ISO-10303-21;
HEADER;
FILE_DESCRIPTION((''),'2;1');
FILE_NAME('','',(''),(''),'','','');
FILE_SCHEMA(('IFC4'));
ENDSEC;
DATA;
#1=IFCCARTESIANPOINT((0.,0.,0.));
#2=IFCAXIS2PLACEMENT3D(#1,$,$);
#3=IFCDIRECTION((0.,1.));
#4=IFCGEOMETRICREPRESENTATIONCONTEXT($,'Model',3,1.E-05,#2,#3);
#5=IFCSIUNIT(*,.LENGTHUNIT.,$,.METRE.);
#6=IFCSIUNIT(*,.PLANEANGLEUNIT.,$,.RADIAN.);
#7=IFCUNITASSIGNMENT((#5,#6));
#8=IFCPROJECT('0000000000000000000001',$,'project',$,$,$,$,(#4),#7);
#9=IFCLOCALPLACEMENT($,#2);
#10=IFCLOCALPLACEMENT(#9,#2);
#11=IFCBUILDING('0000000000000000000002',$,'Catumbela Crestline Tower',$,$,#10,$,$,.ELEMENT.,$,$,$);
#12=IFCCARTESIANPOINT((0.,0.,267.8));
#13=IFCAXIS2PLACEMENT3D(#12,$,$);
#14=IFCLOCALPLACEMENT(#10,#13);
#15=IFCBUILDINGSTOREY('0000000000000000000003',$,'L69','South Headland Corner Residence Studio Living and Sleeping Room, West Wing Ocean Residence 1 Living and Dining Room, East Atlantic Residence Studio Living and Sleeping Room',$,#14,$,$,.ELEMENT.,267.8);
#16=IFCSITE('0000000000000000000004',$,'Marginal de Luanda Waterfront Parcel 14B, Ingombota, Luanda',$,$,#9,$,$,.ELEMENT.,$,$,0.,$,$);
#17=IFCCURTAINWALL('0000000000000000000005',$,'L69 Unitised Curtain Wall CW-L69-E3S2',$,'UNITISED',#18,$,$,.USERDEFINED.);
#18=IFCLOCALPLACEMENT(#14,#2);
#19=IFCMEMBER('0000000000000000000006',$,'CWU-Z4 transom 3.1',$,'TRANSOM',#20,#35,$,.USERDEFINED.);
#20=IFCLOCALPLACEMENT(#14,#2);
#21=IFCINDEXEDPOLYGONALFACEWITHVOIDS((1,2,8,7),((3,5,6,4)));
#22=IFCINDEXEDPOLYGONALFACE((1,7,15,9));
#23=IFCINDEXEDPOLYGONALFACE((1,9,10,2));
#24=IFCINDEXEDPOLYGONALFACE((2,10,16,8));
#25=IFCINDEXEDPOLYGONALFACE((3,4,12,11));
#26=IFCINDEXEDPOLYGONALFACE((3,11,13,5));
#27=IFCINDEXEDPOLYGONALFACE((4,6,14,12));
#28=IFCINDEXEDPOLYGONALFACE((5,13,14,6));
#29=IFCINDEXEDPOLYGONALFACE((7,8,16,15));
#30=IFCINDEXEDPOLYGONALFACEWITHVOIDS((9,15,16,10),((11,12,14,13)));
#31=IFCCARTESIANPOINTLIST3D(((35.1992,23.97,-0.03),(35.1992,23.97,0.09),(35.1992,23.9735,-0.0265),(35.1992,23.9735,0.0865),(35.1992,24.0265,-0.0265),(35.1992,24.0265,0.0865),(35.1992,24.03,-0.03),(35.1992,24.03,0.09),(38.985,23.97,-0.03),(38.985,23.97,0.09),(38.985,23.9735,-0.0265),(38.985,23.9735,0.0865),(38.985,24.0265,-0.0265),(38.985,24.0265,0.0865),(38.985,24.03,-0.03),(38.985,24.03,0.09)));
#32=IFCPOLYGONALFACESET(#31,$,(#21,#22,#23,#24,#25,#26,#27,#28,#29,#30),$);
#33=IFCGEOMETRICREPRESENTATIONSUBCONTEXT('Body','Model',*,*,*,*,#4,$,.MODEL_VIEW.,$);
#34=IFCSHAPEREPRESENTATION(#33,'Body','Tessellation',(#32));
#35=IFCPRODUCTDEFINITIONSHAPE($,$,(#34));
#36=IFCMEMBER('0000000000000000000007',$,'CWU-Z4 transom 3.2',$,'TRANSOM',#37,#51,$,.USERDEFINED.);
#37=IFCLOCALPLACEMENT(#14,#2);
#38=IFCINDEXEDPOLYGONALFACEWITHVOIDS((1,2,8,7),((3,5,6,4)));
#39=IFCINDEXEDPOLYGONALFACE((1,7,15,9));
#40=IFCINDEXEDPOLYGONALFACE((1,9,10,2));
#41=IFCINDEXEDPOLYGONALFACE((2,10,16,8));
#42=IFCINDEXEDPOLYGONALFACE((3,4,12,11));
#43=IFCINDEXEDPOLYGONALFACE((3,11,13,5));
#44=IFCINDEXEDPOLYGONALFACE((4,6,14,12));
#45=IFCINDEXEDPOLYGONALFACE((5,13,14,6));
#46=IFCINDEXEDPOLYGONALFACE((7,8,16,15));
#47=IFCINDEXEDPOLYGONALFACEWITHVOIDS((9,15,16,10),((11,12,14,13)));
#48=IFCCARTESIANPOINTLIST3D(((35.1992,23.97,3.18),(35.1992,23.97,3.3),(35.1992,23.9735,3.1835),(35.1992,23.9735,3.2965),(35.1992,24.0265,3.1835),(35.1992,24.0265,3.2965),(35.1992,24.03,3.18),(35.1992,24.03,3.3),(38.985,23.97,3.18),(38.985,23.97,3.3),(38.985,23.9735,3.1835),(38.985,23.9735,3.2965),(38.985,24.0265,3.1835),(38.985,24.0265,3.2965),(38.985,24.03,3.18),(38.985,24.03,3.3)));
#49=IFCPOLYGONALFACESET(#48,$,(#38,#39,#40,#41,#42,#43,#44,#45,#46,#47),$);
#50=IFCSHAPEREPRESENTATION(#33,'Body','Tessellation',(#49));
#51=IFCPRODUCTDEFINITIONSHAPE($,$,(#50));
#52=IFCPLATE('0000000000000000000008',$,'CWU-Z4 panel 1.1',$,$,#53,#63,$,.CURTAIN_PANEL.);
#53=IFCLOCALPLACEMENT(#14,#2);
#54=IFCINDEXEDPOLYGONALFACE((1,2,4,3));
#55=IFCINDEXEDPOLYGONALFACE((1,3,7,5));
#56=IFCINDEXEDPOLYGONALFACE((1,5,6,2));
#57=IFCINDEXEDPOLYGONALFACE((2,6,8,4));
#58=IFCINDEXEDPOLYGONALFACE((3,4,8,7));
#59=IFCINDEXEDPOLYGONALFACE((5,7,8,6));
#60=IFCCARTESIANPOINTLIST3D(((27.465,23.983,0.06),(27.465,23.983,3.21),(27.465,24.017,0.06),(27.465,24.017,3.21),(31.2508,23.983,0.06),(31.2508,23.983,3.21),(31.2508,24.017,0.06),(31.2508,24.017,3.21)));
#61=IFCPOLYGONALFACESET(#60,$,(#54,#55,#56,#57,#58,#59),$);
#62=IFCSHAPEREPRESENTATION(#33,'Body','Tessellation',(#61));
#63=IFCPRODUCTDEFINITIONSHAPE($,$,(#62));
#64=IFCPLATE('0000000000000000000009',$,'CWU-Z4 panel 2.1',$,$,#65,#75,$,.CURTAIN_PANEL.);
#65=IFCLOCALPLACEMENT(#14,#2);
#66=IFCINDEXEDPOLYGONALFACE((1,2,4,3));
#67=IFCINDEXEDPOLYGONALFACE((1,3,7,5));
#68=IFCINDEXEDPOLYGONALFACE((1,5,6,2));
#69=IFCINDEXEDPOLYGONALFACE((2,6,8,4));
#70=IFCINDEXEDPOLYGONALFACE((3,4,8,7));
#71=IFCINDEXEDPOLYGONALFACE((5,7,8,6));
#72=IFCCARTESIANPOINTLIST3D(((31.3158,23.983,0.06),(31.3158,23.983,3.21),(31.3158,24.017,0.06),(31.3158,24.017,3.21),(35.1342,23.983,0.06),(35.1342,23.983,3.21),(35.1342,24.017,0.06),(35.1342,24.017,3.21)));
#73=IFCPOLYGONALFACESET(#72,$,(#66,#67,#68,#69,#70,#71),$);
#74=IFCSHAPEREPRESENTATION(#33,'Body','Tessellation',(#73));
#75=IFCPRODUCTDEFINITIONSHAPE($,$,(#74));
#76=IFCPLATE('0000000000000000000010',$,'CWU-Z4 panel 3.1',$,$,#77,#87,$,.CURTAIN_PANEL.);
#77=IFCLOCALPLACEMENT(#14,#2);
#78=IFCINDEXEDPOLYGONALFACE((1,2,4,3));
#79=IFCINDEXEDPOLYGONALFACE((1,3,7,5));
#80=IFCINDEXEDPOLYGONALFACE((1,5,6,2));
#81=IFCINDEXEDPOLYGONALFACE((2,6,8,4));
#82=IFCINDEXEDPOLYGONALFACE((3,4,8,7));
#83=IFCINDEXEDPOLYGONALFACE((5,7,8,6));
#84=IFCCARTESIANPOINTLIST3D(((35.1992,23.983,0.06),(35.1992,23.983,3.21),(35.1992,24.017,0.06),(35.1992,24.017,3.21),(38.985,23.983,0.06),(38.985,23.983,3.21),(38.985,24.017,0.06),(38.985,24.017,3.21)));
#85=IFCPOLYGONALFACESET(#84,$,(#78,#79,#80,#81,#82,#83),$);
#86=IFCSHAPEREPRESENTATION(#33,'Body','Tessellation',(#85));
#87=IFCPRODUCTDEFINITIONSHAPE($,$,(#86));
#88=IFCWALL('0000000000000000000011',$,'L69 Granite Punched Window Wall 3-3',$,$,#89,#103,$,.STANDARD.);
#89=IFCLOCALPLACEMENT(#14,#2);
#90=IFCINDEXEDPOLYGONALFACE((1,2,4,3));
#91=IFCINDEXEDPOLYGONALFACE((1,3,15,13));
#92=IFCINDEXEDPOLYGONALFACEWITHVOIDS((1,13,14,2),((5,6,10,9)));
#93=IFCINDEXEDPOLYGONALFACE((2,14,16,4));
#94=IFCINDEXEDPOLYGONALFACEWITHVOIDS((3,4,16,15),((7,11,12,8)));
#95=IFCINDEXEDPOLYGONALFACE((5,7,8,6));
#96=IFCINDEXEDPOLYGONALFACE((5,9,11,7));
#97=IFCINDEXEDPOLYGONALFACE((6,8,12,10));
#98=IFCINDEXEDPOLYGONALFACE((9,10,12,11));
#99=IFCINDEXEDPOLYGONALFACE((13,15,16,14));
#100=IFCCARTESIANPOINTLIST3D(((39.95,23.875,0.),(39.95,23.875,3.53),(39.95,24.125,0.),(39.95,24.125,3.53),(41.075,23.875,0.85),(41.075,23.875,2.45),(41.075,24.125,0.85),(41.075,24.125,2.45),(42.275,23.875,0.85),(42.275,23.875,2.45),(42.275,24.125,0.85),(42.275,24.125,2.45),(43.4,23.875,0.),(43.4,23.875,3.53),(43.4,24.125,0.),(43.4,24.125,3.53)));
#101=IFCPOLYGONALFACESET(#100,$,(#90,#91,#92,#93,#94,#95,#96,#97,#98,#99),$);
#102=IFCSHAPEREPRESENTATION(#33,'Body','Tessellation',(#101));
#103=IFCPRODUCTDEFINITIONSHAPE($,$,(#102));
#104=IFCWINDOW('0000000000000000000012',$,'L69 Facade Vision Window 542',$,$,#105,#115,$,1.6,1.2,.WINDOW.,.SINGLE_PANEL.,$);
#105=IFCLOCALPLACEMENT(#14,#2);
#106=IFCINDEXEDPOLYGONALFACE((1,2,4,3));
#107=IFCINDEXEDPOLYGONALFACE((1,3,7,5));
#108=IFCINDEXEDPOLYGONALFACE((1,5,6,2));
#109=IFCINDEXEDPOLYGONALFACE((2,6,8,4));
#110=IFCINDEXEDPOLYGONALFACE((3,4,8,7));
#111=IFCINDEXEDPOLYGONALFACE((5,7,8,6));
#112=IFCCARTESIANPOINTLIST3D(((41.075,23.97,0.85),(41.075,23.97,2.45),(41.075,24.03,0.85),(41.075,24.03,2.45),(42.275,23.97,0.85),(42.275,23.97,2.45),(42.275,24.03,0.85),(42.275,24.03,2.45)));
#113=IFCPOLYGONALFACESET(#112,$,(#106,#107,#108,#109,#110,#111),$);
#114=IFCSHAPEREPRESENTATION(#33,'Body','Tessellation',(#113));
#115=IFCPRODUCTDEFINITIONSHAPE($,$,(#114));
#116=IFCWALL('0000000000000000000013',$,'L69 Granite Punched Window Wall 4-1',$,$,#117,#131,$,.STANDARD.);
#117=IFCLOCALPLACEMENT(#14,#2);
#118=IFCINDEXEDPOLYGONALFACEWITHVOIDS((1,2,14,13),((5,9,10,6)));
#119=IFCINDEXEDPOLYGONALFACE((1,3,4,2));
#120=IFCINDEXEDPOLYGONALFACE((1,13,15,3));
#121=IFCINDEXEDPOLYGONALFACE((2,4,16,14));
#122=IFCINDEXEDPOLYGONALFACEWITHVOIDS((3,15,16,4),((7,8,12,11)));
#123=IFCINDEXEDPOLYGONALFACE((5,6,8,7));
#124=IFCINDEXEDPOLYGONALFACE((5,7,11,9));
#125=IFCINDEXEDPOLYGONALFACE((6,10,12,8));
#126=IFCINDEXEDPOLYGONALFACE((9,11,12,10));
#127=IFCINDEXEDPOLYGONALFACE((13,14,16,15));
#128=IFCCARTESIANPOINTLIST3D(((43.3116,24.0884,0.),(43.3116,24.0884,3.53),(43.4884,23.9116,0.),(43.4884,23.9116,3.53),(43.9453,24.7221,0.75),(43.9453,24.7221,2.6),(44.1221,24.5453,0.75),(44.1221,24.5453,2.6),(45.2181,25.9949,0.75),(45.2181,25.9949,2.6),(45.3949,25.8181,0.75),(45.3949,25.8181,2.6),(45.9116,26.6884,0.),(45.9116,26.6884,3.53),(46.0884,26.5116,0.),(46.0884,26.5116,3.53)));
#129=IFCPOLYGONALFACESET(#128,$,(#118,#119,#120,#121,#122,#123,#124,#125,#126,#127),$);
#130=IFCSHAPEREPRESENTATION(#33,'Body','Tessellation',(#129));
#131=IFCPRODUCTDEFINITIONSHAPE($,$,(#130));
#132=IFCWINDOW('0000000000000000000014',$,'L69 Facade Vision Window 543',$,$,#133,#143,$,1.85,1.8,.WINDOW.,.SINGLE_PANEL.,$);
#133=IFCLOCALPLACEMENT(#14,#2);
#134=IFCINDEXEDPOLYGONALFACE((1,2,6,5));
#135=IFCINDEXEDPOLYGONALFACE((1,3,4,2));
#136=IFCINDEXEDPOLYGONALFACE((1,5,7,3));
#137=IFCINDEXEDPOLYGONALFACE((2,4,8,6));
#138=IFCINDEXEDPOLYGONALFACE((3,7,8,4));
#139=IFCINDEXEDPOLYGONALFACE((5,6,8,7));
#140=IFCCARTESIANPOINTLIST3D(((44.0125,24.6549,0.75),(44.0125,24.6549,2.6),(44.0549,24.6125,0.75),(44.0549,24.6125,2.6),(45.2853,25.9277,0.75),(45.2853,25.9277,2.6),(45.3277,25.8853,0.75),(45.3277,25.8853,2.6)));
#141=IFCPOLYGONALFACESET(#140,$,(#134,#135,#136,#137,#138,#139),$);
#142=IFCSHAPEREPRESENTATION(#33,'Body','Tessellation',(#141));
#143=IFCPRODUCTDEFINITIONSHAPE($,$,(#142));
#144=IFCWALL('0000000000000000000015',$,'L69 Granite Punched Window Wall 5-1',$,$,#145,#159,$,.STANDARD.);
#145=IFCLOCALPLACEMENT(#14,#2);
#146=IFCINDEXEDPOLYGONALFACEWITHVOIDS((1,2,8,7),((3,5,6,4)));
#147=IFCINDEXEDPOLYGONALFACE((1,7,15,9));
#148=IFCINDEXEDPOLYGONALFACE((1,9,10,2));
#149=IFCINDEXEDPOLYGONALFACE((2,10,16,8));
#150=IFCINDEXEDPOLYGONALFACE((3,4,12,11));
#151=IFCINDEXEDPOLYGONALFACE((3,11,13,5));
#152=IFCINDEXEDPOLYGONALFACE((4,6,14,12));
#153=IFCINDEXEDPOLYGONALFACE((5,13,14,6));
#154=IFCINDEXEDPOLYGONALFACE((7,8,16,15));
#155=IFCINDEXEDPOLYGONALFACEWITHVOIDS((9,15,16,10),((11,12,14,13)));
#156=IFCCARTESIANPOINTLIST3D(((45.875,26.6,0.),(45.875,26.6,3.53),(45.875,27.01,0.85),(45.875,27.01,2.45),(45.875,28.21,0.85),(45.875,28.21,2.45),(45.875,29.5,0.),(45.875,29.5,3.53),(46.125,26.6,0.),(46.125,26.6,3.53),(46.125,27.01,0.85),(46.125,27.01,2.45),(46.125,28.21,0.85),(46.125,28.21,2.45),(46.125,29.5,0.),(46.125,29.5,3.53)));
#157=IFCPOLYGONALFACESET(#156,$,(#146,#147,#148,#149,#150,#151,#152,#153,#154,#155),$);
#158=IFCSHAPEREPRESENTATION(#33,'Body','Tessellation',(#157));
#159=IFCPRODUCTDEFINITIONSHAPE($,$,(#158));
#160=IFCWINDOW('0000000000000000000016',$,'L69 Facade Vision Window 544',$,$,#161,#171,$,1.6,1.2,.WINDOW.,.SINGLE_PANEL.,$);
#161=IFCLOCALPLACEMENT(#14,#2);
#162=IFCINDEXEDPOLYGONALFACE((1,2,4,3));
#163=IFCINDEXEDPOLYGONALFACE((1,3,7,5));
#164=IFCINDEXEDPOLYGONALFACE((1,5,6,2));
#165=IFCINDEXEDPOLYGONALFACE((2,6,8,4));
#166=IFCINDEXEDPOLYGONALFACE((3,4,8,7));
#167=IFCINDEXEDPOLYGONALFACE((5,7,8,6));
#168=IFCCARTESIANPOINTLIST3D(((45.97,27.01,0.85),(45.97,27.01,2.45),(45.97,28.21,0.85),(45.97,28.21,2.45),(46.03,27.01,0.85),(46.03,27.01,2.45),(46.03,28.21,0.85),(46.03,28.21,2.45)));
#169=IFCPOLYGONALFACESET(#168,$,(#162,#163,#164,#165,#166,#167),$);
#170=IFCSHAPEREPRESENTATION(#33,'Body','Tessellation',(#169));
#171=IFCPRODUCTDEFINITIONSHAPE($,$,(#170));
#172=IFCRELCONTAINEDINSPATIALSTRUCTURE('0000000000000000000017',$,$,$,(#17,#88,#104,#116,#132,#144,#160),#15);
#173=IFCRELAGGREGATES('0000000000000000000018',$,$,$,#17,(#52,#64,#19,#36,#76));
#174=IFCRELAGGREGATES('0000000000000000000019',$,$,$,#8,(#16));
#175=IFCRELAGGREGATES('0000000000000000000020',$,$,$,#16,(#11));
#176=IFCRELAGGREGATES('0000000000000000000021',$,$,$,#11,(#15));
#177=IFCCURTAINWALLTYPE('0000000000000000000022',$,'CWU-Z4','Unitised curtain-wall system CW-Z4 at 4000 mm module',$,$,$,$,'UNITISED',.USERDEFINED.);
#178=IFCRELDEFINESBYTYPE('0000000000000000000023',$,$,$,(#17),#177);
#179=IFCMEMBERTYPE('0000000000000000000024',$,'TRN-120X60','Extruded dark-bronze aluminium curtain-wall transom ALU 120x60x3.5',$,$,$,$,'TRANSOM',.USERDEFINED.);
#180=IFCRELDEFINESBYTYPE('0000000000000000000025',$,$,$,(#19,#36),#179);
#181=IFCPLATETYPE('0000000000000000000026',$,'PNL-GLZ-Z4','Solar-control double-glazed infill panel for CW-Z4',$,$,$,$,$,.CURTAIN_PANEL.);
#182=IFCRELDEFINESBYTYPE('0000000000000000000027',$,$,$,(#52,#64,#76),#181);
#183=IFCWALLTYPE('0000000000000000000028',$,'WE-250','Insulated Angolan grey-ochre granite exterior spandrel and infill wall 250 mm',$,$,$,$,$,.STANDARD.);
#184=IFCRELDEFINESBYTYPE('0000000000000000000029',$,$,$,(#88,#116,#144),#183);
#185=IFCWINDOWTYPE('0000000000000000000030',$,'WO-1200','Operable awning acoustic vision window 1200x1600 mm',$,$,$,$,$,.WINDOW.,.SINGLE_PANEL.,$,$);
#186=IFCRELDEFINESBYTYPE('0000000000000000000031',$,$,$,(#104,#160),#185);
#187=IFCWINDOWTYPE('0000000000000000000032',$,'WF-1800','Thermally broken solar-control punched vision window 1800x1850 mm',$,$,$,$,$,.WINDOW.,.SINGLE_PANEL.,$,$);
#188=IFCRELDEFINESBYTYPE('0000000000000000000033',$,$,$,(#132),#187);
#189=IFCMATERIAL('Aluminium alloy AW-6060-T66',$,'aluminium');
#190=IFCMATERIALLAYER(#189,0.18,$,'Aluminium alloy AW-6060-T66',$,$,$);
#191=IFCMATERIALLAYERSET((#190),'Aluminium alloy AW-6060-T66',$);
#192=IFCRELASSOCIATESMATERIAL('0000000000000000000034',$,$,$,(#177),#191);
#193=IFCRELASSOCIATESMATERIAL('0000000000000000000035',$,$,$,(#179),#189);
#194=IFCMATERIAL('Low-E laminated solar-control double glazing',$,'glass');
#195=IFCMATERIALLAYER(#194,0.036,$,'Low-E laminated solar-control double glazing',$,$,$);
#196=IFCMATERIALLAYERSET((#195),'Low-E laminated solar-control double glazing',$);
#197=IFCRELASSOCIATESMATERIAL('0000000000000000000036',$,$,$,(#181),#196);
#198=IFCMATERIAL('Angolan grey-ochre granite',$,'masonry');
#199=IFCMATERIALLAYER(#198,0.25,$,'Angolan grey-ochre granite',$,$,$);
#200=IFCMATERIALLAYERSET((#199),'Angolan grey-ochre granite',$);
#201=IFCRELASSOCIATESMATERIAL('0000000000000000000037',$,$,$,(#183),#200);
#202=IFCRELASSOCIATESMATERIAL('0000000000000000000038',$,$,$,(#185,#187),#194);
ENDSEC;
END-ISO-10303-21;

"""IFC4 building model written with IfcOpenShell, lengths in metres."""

from ifc_helpers import new_model, si_unit, direction, frame, frame_2d, origin, origin_2d, place, context, subcontext, project, spatial, rectangle, hollow_rectangle, extrude, material, layer, layer_set, material_profile, profile_set, type_object, element, fill, aggregate, save


model = new_model("IFC4")

# Units and contexts
model_context = context("Model", 3, precision=1e-05, world=origin(), true_north=direction((0.0, 1.0)))
body_context = subcontext(model_context, "Body", "Model", "MODEL_VIEW")
ifc_project = project(units=[si_unit("LENGTHUNIT", "METRE"), si_unit("PLANEANGLEUNIT", "RADIAN")], contexts=[model_context])

# Site, building, storey
site_placement = place(None, origin())
site = spatial("IfcSite", under=ifc_project, at=site_placement, Name="Marginal de Luanda Waterfront Parcel 14B, Ingombota, Luanda", CompositionType="ELEMENT", RefElevation=0.0)
building_placement = place(site_placement, origin())
building = spatial("IfcBuilding", under=site, at=building_placement, Name="Catumbela Crestline Tower", CompositionType="ELEMENT")
storey_placement = place(building_placement, frame((0.0, 0.0, 267.8)))
storey = spatial("IfcBuildingStorey", under=building, at=storey_placement, Name="L69", Description="South Headland Corner Residence Studio Living and Sleeping Room, West Wing Ocean Residence 1 Living and Dining Room, East Atlantic Residence Studio Living and Sleeping Room", CompositionType="ELEMENT", Elevation=267.8)

# Curtain wall
ifc_material_1 = material(Name="Aluminium alloy AW-6060-T66", Category="aluminium")
ifc_layer_1 = layer(ifc_material_1, 0.18, Name="Aluminium alloy AW-6060-T66")
ifc_layer_set_1 = layer_set([ifc_layer_1], Name="Aluminium alloy AW-6060-T66")
curtain_wall_type = type_object("IfcCurtainWallType", Name="CWU-Z4", Description="Unitised curtain-wall system CW-Z4 at 4000 mm module", ElementType="UNITISED", PredefinedType="USERDEFINED", material=ifc_layer_set_1)
curtain_wall_placement = place(storey_placement, origin())
curtain_wall = element("IfcCurtainWall", 1, at=curtain_wall_placement, inside=storey, type_object=curtain_wall_type, Name="L69 Unitised Curtain Wall CW-L69-E3S2", ObjectType="UNITISED", PredefinedType="USERDEFINED")

# Members
ifc_material_profile_1 = material_profile(ifc_material_1, hollow_rectangle(XDim=0.06, YDim=0.12, WallThickness=0.0035, at=origin_2d()), Name="ALU 120x60x3.5")
ifc_profile_set_1 = profile_set([ifc_material_profile_1], Name="Aluminium alloy AW-6060-T66")
member_type_1 = type_object("IfcMemberType", Name="TRN-120X60", Description="Extruded dark-bronze aluminium curtain-wall transom ALU 120x60x3.5", ElementType="TRANSOM", PredefinedType="USERDEFINED", material=ifc_profile_set_1)
member_1_placement = place(storey_placement, frame((35.1992, 24.0, 0.03), z_axis=(1.0, 0.0, 0.0), x_axis=(0.0, 1.0, 0.0)))
member_1 = element("IfcMember", 2, at=member_1_placement, type_object=member_type_1, Name="CWU-Z4 transom 3.1", ObjectType="TRANSOM", PredefinedType="USERDEFINED", context=body_context, shape_type="SweptSolid", body=[
    extrude(hollow_rectangle(XDim=0.06, YDim=0.12, WallThickness=0.0035, at=origin_2d()), origin(), (0.0, 0.0, 1.0), 3.7858),
])
member_2_placement = place(storey_placement, frame((35.1992, 24.0, 3.24), z_axis=(1.0, 0.0, 0.0), x_axis=(0.0, 1.0, 0.0)))
member_2 = element("IfcMember", 3, at=member_2_placement, type_object=member_type_1, Name="CWU-Z4 transom 3.2", ObjectType="TRANSOM", PredefinedType="USERDEFINED", context=body_context, shape_type="SweptSolid", body=[
    extrude(hollow_rectangle(XDim=0.06, YDim=0.12, WallThickness=0.0035, at=origin_2d()), origin(), (0.0, 0.0, 1.0), 3.7858),
])

# Plates
ifc_material_2 = material(Name="Low-E laminated solar-control double glazing", Category="glass")
ifc_layer_2 = layer(ifc_material_2, 0.036, Name="Low-E laminated solar-control double glazing")
ifc_layer_set_2 = layer_set([ifc_layer_2], Name="Low-E laminated solar-control double glazing")
plate_type = type_object("IfcPlateType", Name="PNL-GLZ-Z4", Description="Solar-control double-glazed infill panel for CW-Z4", PredefinedType="CURTAIN_PANEL", material=ifc_layer_set_2)
plate_1_placement = place(storey_placement, frame((29.3579, 24.0, 0.06), z_axis=(0.0, 0.0, 1.0), x_axis=(1.0, 0.0, 0.0)))
plate_1 = element("IfcPlate", 4, at=plate_1_placement, type_object=plate_type, Name="CWU-Z4 panel 1.1", PredefinedType="CURTAIN_PANEL", context=body_context, shape_type="SweptSolid", body=[
    extrude(rectangle(XDim=3.7858, YDim=0.034, at=origin_2d()), origin(), (0.0, 0.0, 1.0), 3.15),
])
plate_2_placement = place(storey_placement, frame((33.225, 24.0, 0.06), z_axis=(0.0, 0.0, 1.0), x_axis=(1.0, 0.0, 0.0)))
plate_2 = element("IfcPlate", 5, at=plate_2_placement, type_object=plate_type, Name="CWU-Z4 panel 2.1", PredefinedType="CURTAIN_PANEL", context=body_context, shape_type="SweptSolid", body=[
    extrude(rectangle(XDim=3.8183, YDim=0.034, at=origin_2d()), origin(), (0.0, 0.0, 1.0), 3.15),
])
plate_3_placement = place(storey_placement, frame((37.0921, 24.0, 0.06), z_axis=(0.0, 0.0, 1.0), x_axis=(1.0, 0.0, 0.0)))
plate_3 = element("IfcPlate", 6, at=plate_3_placement, type_object=plate_type, Name="CWU-Z4 panel 3.1", PredefinedType="CURTAIN_PANEL", context=body_context, shape_type="SweptSolid", body=[
    extrude(rectangle(XDim=3.7858, YDim=0.034, at=origin_2d()), origin(), (0.0, 0.0, 1.0), 3.15),
])
aggregate(curtain_wall, [plate_1, plate_2, member_1, member_2, plate_3])

# Walls, openings, windows
ifc_material_3 = material(Name="Angolan grey-ochre granite", Category="masonry")
ifc_layer_3 = layer(ifc_material_3, 0.25, Name="Angolan grey-ochre granite")
ifc_layer_set_3 = layer_set([ifc_layer_3], Name="Angolan grey-ochre granite")
wall_type_1 = type_object("IfcWallType", Name="WE-250", Description="Insulated Angolan grey-ochre granite exterior spandrel and infill wall 250 mm", PredefinedType="STANDARD", material=ifc_layer_set_3)
wall_1_placement = place(storey_placement, frame((39.95, 24.0, 0.0), z_axis=(0.0, 0.0, 1.0), x_axis=(1.0, 0.0, 0.0)))
wall_1 = element("IfcWall", 7, at=wall_1_placement, inside=storey, type_object=wall_type_1, Name="L69 Granite Punched Window Wall 3-3", PredefinedType="STANDARD", context=body_context, shape_type="SweptSolid", body=[
    extrude(rectangle(XDim=3.45, YDim=0.25, at=frame_2d((1.725, 0.0))), origin(), (0.0, 0.0, 1.0), 3.53),
])
opening_1_placement = place(wall_1_placement, frame((1.125, 0.0, 0.85)))
opening_1 = element("IfcOpeningElement", 8, at=opening_1_placement, cuts=wall_1, PredefinedType="OPENING", context=body_context, shape_type="SweptSolid", body=[
    extrude(rectangle(XDim=1.2, YDim=1.6, at=frame_2d((0.6, 0.8))), frame((0.0, 0.135, 0.0), z_axis=(0.0, -1.0, 0.0), x_axis=(1.0, 0.0, 0.0)), (0.0, 0.0, 1.0), 0.27),
])
window_type_1 = type_object("IfcWindowType", Name="WO-1200", Description="Operable awning acoustic vision window 1200x1600 mm", PartitioningType="SINGLE_PANEL", PredefinedType="WINDOW", material=ifc_material_2)
window_1_placement = place(opening_1_placement, origin())
window_1 = element("IfcWindow", 9, at=window_1_placement, inside=storey, type_object=window_type_1, Name="L69 Facade Vision Window 542", OverallHeight=1.6, OverallWidth=1.2, PartitioningType="SINGLE_PANEL", PredefinedType="WINDOW", context=body_context, shape_type="SweptSolid", body=[
    extrude(rectangle(XDim=1.2, YDim=1.6, at=frame_2d((0.6, 0.8))), frame((0.0, 0.03, 0.0), z_axis=(0.0, -1.0, 0.0), x_axis=(1.0, 0.0, 0.0)), (0.0, 0.0, 1.0), 0.06),
])
fill(opening_1, window_1)
wall_2_placement = place(storey_placement, frame((43.4, 24.0, 0.0), z_axis=(0.0, 0.0, 1.0), x_axis=(0.707107, 0.707107, 0.0)))
wall_2 = element("IfcWall", 10, at=wall_2_placement, inside=storey, type_object=wall_type_1, Name="L69 Granite Punched Window Wall 4-1", PredefinedType="STANDARD", context=body_context, shape_type="SweptSolid", body=[
    extrude(rectangle(XDim=3.677, YDim=0.25, at=frame_2d((1.8385, 0.0))), origin(), (0.0, 0.0, 1.0), 3.53),
])
opening_2_placement = place(wall_2_placement, frame((0.8962, 0.0, 0.75)))
opening_2 = element("IfcOpeningElement", 11, at=opening_2_placement, cuts=wall_2, PredefinedType="OPENING", context=body_context, shape_type="SweptSolid", body=[
    extrude(rectangle(XDim=1.8, YDim=1.85, at=frame_2d((0.9, 0.925))), frame((0.0, 0.135, 0.0), z_axis=(0.0, -1.0, 0.0), x_axis=(1.0, 0.0, 0.0)), (0.0, 0.0, 1.0), 0.27),
])
window_type_2 = type_object("IfcWindowType", Name="WF-1800", Description="Thermally broken solar-control punched vision window 1800x1850 mm", PartitioningType="SINGLE_PANEL", PredefinedType="WINDOW", material=ifc_material_2)
window_2_placement = place(opening_2_placement, origin())
window_2 = element("IfcWindow", 12, at=window_2_placement, inside=storey, type_object=window_type_2, Name="L69 Facade Vision Window 543", OverallHeight=1.85, OverallWidth=1.8, PartitioningType="SINGLE_PANEL", PredefinedType="WINDOW", context=body_context, shape_type="SweptSolid", body=[
    extrude(rectangle(XDim=1.8, YDim=1.85, at=frame_2d((0.9, 0.925))), frame((0.0, 0.03, 0.0), z_axis=(0.0, -1.0, 0.0), x_axis=(1.0, 0.0, 0.0)), (0.0, 0.0, 1.0), 0.06),
])
fill(opening_2, window_2)
wall_3_placement = place(storey_placement, frame((46.0, 26.6, 0.0), z_axis=(0.0, 0.0, 1.0), x_axis=(0.0, 1.0, 0.0)))
wall_3 = element("IfcWall", 13, at=wall_3_placement, inside=storey, type_object=wall_type_1, Name="L69 Granite Punched Window Wall 5-1", PredefinedType="STANDARD", context=body_context, shape_type="SweptSolid", body=[
    extrude(rectangle(XDim=2.9, YDim=0.25, at=frame_2d((1.45, 0.0))), origin(), (0.0, 0.0, 1.0), 3.53),
])
opening_3_placement = place(wall_3_placement, frame((0.41, 0.0, 0.85)))
opening_3 = element("IfcOpeningElement", 14, at=opening_3_placement, cuts=wall_3, PredefinedType="OPENING", context=body_context, shape_type="SweptSolid", body=[
    extrude(rectangle(XDim=1.2, YDim=1.6, at=frame_2d((0.6, 0.8))), frame((0.0, 0.135, 0.0), z_axis=(0.0, -1.0, 0.0), x_axis=(1.0, 0.0, 0.0)), (0.0, 0.0, 1.0), 0.27),
])
window_3_placement = place(opening_3_placement, origin())
window_3 = element("IfcWindow", 15, at=window_3_placement, inside=storey, type_object=window_type_1, Name="L69 Facade Vision Window 544", OverallHeight=1.6, OverallWidth=1.2, PartitioningType="SINGLE_PANEL", PredefinedType="WINDOW", context=body_context, shape_type="SweptSolid", body=[
    extrude(rectangle(XDim=1.2, YDim=1.6, at=frame_2d((0.6, 0.8))), frame((0.0, 0.03, 0.0), z_axis=(0.0, -1.0, 0.0), x_axis=(1.0, 0.0, 0.0)), (0.0, 0.0, 1.0), 0.06),
])
fill(opening_3, window_3)

save(model, "model.ifc")
